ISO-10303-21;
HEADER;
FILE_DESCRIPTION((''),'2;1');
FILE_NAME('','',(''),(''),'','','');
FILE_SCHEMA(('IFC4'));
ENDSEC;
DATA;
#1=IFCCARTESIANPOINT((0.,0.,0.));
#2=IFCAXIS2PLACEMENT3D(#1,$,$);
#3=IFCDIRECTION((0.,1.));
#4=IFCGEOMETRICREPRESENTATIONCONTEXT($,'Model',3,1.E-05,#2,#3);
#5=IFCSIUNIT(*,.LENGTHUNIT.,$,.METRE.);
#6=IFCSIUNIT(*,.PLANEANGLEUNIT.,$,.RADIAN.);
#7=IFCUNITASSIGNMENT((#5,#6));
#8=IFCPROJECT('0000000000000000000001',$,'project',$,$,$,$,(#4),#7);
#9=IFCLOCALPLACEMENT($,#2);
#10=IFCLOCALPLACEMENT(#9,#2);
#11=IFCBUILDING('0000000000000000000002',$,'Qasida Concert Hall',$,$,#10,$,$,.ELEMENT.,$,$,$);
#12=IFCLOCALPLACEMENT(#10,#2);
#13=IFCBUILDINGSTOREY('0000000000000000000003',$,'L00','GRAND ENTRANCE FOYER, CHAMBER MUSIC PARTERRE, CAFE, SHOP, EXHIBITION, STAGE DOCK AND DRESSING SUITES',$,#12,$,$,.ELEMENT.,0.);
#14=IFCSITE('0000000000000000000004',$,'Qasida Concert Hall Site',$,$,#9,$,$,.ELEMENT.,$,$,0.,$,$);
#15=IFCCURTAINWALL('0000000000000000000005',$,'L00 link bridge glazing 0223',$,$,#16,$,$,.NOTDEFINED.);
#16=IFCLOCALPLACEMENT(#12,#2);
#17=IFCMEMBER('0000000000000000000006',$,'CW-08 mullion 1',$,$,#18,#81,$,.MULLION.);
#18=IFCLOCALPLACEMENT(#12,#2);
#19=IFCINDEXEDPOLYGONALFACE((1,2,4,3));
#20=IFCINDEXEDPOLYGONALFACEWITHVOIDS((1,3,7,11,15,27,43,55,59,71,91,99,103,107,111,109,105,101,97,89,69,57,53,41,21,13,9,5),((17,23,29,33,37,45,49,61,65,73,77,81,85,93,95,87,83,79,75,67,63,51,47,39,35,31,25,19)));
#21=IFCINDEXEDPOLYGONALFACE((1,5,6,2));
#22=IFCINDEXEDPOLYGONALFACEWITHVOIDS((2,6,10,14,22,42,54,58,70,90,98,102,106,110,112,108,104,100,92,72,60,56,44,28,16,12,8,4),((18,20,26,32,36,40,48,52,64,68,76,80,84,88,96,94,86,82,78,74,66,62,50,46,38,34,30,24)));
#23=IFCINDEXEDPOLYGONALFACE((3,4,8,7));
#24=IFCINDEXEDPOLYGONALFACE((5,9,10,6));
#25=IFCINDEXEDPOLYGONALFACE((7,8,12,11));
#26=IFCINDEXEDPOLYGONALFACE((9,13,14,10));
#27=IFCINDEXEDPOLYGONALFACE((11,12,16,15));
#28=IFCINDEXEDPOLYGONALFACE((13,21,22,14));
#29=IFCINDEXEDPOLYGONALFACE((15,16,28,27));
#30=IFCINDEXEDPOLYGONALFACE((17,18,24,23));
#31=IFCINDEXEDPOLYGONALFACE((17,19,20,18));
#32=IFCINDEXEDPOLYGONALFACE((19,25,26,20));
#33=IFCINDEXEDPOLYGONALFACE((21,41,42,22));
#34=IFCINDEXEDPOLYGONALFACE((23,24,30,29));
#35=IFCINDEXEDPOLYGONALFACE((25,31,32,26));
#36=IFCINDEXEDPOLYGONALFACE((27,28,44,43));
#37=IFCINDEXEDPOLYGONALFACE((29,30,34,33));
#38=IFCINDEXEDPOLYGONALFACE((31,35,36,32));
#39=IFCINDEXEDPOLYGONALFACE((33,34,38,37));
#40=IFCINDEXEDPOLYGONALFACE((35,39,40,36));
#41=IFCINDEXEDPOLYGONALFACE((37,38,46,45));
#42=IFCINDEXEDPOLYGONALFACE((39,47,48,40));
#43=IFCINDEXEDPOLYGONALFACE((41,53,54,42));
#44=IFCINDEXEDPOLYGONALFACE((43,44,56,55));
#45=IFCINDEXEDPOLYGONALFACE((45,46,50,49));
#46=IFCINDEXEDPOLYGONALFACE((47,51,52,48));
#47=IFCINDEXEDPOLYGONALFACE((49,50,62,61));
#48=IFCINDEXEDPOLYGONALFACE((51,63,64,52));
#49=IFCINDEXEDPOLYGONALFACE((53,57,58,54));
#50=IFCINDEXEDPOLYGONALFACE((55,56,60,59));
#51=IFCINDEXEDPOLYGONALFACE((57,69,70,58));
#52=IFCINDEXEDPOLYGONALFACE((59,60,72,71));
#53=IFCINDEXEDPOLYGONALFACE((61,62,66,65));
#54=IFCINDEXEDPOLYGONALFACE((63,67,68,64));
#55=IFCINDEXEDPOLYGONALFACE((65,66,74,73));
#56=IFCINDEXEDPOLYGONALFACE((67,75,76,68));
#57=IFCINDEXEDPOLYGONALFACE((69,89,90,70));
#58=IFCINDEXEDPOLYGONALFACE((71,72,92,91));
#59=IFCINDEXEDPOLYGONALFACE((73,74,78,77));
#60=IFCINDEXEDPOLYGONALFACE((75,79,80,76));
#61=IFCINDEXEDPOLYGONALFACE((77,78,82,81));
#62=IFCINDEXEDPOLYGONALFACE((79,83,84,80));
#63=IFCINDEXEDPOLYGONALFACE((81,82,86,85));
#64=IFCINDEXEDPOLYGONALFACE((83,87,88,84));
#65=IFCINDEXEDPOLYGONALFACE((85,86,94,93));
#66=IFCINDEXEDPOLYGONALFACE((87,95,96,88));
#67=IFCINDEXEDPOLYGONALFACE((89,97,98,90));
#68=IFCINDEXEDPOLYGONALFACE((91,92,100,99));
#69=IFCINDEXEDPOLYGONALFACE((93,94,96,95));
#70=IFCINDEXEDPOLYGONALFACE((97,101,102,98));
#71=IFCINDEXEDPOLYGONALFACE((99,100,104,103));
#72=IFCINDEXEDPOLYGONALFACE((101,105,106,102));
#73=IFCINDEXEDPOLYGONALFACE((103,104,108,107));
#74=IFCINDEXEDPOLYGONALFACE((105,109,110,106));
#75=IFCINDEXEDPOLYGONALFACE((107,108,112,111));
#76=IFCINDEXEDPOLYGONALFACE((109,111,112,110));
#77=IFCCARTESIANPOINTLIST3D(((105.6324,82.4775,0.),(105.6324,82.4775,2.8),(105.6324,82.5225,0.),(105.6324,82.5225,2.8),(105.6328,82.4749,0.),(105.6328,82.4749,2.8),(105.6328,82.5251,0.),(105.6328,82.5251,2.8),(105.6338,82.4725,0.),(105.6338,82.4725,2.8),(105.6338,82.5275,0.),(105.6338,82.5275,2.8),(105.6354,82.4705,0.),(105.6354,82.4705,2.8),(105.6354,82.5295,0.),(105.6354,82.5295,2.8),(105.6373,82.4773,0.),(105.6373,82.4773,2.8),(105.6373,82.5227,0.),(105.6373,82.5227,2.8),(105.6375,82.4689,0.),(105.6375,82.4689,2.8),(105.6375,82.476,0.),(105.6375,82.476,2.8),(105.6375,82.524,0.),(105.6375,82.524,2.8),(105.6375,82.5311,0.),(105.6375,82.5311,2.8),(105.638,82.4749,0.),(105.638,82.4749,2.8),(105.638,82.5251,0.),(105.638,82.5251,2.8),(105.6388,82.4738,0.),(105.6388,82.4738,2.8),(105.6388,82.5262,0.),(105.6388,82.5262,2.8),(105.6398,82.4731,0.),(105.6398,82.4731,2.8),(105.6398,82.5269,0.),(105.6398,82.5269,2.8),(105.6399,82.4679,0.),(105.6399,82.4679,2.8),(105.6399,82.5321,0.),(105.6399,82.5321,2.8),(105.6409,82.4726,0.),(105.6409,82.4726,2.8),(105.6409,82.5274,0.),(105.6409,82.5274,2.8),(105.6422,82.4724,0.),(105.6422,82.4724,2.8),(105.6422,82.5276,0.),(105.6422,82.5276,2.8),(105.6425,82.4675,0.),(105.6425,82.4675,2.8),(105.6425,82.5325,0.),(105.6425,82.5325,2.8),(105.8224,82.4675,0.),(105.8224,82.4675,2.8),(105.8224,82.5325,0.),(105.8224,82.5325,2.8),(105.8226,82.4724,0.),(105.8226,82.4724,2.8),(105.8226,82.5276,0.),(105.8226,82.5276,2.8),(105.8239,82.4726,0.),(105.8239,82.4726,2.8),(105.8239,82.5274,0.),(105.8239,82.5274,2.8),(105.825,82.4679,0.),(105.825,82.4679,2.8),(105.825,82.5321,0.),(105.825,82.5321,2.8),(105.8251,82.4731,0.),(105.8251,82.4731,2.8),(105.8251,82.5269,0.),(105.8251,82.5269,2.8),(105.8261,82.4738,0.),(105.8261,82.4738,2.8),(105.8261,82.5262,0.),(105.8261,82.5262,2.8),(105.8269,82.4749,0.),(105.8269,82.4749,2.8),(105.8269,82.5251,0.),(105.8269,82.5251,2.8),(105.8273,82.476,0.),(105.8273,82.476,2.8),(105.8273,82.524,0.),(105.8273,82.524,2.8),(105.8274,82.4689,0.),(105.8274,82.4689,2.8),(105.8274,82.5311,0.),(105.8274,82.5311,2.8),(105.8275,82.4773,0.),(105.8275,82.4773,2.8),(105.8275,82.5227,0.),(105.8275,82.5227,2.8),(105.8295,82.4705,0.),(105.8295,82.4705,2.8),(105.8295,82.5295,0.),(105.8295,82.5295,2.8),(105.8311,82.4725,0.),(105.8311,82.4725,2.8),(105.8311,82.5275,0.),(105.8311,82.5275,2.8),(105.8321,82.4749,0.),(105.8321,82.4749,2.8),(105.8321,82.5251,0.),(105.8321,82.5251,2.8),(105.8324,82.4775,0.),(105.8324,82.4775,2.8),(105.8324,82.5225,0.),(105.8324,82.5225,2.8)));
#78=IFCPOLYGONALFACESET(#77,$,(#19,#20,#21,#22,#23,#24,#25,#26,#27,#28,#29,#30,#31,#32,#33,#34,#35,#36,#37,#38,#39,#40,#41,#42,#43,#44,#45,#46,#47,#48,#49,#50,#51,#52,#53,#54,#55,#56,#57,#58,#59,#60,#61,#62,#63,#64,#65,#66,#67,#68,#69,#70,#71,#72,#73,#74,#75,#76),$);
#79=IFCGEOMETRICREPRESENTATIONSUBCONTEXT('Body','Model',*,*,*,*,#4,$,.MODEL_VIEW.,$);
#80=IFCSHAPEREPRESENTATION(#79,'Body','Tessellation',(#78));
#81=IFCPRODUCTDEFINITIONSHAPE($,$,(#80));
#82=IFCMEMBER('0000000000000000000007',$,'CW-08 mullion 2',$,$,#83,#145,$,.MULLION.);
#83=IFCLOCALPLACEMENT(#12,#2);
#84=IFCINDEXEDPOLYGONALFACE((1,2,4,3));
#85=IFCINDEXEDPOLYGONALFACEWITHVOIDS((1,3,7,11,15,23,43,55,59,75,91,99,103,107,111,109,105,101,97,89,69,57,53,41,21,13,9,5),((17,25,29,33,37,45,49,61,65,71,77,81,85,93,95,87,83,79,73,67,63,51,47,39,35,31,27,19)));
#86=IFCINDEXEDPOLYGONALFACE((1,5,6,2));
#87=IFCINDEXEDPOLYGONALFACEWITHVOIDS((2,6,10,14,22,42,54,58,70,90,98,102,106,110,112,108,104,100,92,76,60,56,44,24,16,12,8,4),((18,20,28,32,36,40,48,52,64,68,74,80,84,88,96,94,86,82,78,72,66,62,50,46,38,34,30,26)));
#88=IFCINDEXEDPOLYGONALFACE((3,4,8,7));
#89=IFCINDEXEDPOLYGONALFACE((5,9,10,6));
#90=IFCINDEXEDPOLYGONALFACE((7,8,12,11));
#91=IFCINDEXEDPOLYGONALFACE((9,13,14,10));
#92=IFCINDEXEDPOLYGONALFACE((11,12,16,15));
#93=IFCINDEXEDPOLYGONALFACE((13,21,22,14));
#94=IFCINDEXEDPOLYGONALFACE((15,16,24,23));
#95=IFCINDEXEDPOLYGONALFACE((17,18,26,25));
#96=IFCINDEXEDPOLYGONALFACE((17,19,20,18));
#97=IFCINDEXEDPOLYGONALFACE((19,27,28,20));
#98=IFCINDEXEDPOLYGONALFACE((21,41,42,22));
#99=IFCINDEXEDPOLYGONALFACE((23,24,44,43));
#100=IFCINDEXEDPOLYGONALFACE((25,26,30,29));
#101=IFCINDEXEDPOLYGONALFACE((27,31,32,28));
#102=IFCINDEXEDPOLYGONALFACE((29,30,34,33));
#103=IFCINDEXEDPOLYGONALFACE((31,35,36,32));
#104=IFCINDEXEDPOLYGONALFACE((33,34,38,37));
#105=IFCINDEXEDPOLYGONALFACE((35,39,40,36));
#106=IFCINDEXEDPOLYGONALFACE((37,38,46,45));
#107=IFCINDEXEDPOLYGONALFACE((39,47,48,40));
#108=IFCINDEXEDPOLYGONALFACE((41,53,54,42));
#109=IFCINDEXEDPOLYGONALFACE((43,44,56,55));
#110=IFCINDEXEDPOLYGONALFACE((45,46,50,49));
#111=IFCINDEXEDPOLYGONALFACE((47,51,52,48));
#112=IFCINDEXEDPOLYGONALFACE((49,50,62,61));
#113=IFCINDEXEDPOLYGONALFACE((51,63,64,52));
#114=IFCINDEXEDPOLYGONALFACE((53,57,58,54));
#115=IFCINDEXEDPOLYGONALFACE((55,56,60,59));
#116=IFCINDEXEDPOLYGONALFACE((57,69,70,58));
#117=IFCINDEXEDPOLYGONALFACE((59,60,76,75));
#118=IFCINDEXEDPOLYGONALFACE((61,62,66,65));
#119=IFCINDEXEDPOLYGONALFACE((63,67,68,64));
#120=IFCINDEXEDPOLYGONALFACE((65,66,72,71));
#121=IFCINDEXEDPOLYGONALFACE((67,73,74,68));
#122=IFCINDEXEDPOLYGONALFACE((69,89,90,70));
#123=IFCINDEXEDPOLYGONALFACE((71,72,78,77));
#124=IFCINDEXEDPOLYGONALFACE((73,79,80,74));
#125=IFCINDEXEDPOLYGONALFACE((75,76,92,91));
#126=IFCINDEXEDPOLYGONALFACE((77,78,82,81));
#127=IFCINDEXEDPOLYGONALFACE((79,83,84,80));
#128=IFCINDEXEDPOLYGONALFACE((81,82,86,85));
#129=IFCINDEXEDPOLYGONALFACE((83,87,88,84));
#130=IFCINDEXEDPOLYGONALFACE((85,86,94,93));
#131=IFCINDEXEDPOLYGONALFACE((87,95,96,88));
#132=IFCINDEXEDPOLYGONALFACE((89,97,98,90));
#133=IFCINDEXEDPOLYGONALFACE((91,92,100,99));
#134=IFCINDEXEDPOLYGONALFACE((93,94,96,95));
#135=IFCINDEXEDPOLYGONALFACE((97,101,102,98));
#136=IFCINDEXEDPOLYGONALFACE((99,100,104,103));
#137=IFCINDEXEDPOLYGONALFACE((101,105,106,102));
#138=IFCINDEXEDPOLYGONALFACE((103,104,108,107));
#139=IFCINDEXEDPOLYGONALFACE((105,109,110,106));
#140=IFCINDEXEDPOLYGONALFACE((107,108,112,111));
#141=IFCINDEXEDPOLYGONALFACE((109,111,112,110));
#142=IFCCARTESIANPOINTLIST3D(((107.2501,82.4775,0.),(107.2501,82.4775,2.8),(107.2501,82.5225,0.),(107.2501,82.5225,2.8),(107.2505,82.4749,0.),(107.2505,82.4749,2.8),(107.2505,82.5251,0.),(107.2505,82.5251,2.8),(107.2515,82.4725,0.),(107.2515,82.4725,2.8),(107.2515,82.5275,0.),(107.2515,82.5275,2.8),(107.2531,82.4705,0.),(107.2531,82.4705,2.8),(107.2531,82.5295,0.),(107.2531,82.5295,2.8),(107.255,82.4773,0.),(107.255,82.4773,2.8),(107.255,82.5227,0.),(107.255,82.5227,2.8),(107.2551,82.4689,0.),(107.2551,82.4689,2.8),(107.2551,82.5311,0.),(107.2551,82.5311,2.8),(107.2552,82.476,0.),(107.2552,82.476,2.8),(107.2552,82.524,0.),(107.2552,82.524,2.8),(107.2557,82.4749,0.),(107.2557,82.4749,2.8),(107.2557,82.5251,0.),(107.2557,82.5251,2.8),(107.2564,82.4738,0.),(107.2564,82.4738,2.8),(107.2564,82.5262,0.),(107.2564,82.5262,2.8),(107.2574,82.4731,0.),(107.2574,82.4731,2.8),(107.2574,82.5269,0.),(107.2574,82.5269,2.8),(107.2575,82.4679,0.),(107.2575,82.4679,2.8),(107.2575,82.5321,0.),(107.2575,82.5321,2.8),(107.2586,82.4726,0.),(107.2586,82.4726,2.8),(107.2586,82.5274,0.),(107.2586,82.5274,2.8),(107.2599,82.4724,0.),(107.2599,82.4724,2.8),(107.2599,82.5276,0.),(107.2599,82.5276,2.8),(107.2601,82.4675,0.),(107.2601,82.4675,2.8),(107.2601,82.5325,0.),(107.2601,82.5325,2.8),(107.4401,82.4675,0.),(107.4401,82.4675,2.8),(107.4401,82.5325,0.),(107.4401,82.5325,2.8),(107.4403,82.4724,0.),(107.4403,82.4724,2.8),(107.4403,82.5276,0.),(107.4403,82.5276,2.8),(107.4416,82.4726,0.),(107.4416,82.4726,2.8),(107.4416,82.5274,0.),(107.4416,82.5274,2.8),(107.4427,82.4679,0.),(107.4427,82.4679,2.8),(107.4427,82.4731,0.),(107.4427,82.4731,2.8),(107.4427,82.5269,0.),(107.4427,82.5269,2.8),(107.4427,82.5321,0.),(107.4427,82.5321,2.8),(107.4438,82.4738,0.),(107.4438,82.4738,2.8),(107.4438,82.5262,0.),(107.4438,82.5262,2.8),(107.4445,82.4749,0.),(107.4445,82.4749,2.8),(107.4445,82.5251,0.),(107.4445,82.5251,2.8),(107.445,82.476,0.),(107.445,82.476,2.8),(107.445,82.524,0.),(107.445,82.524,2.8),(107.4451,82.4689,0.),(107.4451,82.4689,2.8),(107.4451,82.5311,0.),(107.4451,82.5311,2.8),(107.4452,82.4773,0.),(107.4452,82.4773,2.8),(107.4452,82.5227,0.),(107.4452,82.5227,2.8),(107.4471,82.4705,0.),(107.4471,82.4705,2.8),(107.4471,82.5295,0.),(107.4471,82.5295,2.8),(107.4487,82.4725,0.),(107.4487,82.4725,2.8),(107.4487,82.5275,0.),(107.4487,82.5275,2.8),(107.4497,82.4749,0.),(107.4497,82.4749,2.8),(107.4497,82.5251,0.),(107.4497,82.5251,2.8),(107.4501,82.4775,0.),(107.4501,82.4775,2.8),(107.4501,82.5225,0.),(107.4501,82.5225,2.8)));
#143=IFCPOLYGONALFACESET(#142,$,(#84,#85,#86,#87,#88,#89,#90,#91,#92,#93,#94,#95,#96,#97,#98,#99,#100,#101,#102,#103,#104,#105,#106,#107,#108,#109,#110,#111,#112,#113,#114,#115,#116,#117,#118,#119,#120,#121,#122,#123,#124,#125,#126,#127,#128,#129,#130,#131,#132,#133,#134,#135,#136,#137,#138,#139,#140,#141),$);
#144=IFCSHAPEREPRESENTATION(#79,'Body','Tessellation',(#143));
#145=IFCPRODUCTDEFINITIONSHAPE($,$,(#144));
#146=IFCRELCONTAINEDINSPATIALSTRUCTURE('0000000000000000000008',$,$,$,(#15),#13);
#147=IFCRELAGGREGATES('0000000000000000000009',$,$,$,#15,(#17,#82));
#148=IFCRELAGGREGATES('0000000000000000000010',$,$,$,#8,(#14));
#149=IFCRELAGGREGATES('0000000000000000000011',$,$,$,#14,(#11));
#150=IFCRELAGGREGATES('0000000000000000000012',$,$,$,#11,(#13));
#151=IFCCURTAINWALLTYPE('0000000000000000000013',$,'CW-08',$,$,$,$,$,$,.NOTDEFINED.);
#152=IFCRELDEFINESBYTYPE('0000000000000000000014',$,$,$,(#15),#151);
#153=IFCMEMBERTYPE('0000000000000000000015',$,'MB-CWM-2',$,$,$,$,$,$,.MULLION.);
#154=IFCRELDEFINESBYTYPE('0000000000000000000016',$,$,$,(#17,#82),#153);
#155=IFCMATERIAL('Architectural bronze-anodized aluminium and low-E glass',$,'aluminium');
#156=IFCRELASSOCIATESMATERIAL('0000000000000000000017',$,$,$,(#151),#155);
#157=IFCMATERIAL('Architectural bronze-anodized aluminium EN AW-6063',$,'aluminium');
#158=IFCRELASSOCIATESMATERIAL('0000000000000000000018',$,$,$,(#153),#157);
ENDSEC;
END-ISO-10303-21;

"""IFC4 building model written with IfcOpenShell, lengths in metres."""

from ifc_helpers import new_model, si_unit, direction, frame, origin, origin_2d, place, context, subcontext, project, spatial, hollow_rectangle, extrude, material, material_profile, profile_set, type_object, element, aggregate, save


model = new_model("IFC4")

# Units and contexts
model_context = context("Model", 3, precision=1e-05, world=origin(), true_north=direction((0.0, 1.0)))
body_context = subcontext(model_context, "Body", "Model", "MODEL_VIEW")
ifc_project = project(units=[si_unit("LENGTHUNIT", "METRE"), si_unit("PLANEANGLEUNIT", "RADIAN")], contexts=[model_context])

# Site, building, storey
site_placement = place(None, origin())
site = spatial("IfcSite", under=ifc_project, at=site_placement, Name="Qasida Concert Hall Site", CompositionType="ELEMENT", RefElevation=0.0)
building_placement = place(site_placement, origin())
building = spatial("IfcBuilding", under=site, at=building_placement, Name="Qasida Concert Hall", CompositionType="ELEMENT")
storey_placement = place(building_placement, origin())
storey = spatial("IfcBuildingStorey", under=building, at=storey_placement, Name="L00", Description="GRAND ENTRANCE FOYER, CHAMBER MUSIC PARTERRE, CAFE, SHOP, EXHIBITION, STAGE DOCK AND DRESSING SUITES", CompositionType="ELEMENT", Elevation=0.0)

# Curtain wall, members
ifc_material_1 = material(Name="Architectural bronze-anodized aluminium and low-E glass", Category="aluminium")
curtain_wall_type = type_object("IfcCurtainWallType", Name="CW-08", PredefinedType="NOTDEFINED", material=ifc_material_1)
curtain_wall_placement = place(storey_placement, origin())
curtain_wall = element("IfcCurtainWall", 1, at=curtain_wall_placement, inside=storey, type_object=curtain_wall_type, Name="L00 link bridge glazing 0223", PredefinedType="NOTDEFINED")
ifc_material_2 = material(Name="Architectural bronze-anodized aluminium EN AW-6063", Category="aluminium")
ifc_material_profile_1 = material_profile(ifc_material_2, hollow_rectangle(XDim=0.0649, YDim=0.2, WallThickness=0.0049, InnerFilletRadius=0.0049, OuterFilletRadius=0.01, at=origin_2d()), Name="CWM 200x65x5")
ifc_profile_set_1 = profile_set([ifc_material_profile_1], Name="Architectural bronze-anodized aluminium EN AW-6063")
member_type_1 = type_object("IfcMemberType", Name="MB-CWM-2", PredefinedType="MULLION", material=ifc_profile_set_1)
member_1_placement = place(storey_placement, frame((105.7324, 82.5, 0.0), z_axis=(0.0, 0.0, 1.0), x_axis=(0.0, 1.0, 0.0)))
member_1 = element("IfcMember", 2, at=member_1_placement, type_object=member_type_1, Name="CW-08 mullion 1", PredefinedType="MULLION", context=body_context, shape_type="SweptSolid", body=[
    extrude(hollow_rectangle(XDim=0.0649, YDim=0.2, WallThickness=0.0049, InnerFilletRadius=0.0049, OuterFilletRadius=0.01, at=origin_2d()), origin(), (0.0, 0.0, 1.0), 2.8),
])
member_2_placement = place(storey_placement, frame((107.3501, 82.5, 0.0), z_axis=(0.0, 0.0, 1.0), x_axis=(0.0, 1.0, 0.0)))
member_2 = element("IfcMember", 3, at=member_2_placement, type_object=member_type_1, Name="CW-08 mullion 2", PredefinedType="MULLION", context=body_context, shape_type="SweptSolid", body=[
    extrude(hollow_rectangle(XDim=0.0649, YDim=0.2, WallThickness=0.0049, InnerFilletRadius=0.0049, OuterFilletRadius=0.01, at=origin_2d()), origin(), (0.0, 0.0, 1.0), 2.8),
])
aggregate(curtain_wall, [member_1, member_2])

save(model, "model.ifc")
